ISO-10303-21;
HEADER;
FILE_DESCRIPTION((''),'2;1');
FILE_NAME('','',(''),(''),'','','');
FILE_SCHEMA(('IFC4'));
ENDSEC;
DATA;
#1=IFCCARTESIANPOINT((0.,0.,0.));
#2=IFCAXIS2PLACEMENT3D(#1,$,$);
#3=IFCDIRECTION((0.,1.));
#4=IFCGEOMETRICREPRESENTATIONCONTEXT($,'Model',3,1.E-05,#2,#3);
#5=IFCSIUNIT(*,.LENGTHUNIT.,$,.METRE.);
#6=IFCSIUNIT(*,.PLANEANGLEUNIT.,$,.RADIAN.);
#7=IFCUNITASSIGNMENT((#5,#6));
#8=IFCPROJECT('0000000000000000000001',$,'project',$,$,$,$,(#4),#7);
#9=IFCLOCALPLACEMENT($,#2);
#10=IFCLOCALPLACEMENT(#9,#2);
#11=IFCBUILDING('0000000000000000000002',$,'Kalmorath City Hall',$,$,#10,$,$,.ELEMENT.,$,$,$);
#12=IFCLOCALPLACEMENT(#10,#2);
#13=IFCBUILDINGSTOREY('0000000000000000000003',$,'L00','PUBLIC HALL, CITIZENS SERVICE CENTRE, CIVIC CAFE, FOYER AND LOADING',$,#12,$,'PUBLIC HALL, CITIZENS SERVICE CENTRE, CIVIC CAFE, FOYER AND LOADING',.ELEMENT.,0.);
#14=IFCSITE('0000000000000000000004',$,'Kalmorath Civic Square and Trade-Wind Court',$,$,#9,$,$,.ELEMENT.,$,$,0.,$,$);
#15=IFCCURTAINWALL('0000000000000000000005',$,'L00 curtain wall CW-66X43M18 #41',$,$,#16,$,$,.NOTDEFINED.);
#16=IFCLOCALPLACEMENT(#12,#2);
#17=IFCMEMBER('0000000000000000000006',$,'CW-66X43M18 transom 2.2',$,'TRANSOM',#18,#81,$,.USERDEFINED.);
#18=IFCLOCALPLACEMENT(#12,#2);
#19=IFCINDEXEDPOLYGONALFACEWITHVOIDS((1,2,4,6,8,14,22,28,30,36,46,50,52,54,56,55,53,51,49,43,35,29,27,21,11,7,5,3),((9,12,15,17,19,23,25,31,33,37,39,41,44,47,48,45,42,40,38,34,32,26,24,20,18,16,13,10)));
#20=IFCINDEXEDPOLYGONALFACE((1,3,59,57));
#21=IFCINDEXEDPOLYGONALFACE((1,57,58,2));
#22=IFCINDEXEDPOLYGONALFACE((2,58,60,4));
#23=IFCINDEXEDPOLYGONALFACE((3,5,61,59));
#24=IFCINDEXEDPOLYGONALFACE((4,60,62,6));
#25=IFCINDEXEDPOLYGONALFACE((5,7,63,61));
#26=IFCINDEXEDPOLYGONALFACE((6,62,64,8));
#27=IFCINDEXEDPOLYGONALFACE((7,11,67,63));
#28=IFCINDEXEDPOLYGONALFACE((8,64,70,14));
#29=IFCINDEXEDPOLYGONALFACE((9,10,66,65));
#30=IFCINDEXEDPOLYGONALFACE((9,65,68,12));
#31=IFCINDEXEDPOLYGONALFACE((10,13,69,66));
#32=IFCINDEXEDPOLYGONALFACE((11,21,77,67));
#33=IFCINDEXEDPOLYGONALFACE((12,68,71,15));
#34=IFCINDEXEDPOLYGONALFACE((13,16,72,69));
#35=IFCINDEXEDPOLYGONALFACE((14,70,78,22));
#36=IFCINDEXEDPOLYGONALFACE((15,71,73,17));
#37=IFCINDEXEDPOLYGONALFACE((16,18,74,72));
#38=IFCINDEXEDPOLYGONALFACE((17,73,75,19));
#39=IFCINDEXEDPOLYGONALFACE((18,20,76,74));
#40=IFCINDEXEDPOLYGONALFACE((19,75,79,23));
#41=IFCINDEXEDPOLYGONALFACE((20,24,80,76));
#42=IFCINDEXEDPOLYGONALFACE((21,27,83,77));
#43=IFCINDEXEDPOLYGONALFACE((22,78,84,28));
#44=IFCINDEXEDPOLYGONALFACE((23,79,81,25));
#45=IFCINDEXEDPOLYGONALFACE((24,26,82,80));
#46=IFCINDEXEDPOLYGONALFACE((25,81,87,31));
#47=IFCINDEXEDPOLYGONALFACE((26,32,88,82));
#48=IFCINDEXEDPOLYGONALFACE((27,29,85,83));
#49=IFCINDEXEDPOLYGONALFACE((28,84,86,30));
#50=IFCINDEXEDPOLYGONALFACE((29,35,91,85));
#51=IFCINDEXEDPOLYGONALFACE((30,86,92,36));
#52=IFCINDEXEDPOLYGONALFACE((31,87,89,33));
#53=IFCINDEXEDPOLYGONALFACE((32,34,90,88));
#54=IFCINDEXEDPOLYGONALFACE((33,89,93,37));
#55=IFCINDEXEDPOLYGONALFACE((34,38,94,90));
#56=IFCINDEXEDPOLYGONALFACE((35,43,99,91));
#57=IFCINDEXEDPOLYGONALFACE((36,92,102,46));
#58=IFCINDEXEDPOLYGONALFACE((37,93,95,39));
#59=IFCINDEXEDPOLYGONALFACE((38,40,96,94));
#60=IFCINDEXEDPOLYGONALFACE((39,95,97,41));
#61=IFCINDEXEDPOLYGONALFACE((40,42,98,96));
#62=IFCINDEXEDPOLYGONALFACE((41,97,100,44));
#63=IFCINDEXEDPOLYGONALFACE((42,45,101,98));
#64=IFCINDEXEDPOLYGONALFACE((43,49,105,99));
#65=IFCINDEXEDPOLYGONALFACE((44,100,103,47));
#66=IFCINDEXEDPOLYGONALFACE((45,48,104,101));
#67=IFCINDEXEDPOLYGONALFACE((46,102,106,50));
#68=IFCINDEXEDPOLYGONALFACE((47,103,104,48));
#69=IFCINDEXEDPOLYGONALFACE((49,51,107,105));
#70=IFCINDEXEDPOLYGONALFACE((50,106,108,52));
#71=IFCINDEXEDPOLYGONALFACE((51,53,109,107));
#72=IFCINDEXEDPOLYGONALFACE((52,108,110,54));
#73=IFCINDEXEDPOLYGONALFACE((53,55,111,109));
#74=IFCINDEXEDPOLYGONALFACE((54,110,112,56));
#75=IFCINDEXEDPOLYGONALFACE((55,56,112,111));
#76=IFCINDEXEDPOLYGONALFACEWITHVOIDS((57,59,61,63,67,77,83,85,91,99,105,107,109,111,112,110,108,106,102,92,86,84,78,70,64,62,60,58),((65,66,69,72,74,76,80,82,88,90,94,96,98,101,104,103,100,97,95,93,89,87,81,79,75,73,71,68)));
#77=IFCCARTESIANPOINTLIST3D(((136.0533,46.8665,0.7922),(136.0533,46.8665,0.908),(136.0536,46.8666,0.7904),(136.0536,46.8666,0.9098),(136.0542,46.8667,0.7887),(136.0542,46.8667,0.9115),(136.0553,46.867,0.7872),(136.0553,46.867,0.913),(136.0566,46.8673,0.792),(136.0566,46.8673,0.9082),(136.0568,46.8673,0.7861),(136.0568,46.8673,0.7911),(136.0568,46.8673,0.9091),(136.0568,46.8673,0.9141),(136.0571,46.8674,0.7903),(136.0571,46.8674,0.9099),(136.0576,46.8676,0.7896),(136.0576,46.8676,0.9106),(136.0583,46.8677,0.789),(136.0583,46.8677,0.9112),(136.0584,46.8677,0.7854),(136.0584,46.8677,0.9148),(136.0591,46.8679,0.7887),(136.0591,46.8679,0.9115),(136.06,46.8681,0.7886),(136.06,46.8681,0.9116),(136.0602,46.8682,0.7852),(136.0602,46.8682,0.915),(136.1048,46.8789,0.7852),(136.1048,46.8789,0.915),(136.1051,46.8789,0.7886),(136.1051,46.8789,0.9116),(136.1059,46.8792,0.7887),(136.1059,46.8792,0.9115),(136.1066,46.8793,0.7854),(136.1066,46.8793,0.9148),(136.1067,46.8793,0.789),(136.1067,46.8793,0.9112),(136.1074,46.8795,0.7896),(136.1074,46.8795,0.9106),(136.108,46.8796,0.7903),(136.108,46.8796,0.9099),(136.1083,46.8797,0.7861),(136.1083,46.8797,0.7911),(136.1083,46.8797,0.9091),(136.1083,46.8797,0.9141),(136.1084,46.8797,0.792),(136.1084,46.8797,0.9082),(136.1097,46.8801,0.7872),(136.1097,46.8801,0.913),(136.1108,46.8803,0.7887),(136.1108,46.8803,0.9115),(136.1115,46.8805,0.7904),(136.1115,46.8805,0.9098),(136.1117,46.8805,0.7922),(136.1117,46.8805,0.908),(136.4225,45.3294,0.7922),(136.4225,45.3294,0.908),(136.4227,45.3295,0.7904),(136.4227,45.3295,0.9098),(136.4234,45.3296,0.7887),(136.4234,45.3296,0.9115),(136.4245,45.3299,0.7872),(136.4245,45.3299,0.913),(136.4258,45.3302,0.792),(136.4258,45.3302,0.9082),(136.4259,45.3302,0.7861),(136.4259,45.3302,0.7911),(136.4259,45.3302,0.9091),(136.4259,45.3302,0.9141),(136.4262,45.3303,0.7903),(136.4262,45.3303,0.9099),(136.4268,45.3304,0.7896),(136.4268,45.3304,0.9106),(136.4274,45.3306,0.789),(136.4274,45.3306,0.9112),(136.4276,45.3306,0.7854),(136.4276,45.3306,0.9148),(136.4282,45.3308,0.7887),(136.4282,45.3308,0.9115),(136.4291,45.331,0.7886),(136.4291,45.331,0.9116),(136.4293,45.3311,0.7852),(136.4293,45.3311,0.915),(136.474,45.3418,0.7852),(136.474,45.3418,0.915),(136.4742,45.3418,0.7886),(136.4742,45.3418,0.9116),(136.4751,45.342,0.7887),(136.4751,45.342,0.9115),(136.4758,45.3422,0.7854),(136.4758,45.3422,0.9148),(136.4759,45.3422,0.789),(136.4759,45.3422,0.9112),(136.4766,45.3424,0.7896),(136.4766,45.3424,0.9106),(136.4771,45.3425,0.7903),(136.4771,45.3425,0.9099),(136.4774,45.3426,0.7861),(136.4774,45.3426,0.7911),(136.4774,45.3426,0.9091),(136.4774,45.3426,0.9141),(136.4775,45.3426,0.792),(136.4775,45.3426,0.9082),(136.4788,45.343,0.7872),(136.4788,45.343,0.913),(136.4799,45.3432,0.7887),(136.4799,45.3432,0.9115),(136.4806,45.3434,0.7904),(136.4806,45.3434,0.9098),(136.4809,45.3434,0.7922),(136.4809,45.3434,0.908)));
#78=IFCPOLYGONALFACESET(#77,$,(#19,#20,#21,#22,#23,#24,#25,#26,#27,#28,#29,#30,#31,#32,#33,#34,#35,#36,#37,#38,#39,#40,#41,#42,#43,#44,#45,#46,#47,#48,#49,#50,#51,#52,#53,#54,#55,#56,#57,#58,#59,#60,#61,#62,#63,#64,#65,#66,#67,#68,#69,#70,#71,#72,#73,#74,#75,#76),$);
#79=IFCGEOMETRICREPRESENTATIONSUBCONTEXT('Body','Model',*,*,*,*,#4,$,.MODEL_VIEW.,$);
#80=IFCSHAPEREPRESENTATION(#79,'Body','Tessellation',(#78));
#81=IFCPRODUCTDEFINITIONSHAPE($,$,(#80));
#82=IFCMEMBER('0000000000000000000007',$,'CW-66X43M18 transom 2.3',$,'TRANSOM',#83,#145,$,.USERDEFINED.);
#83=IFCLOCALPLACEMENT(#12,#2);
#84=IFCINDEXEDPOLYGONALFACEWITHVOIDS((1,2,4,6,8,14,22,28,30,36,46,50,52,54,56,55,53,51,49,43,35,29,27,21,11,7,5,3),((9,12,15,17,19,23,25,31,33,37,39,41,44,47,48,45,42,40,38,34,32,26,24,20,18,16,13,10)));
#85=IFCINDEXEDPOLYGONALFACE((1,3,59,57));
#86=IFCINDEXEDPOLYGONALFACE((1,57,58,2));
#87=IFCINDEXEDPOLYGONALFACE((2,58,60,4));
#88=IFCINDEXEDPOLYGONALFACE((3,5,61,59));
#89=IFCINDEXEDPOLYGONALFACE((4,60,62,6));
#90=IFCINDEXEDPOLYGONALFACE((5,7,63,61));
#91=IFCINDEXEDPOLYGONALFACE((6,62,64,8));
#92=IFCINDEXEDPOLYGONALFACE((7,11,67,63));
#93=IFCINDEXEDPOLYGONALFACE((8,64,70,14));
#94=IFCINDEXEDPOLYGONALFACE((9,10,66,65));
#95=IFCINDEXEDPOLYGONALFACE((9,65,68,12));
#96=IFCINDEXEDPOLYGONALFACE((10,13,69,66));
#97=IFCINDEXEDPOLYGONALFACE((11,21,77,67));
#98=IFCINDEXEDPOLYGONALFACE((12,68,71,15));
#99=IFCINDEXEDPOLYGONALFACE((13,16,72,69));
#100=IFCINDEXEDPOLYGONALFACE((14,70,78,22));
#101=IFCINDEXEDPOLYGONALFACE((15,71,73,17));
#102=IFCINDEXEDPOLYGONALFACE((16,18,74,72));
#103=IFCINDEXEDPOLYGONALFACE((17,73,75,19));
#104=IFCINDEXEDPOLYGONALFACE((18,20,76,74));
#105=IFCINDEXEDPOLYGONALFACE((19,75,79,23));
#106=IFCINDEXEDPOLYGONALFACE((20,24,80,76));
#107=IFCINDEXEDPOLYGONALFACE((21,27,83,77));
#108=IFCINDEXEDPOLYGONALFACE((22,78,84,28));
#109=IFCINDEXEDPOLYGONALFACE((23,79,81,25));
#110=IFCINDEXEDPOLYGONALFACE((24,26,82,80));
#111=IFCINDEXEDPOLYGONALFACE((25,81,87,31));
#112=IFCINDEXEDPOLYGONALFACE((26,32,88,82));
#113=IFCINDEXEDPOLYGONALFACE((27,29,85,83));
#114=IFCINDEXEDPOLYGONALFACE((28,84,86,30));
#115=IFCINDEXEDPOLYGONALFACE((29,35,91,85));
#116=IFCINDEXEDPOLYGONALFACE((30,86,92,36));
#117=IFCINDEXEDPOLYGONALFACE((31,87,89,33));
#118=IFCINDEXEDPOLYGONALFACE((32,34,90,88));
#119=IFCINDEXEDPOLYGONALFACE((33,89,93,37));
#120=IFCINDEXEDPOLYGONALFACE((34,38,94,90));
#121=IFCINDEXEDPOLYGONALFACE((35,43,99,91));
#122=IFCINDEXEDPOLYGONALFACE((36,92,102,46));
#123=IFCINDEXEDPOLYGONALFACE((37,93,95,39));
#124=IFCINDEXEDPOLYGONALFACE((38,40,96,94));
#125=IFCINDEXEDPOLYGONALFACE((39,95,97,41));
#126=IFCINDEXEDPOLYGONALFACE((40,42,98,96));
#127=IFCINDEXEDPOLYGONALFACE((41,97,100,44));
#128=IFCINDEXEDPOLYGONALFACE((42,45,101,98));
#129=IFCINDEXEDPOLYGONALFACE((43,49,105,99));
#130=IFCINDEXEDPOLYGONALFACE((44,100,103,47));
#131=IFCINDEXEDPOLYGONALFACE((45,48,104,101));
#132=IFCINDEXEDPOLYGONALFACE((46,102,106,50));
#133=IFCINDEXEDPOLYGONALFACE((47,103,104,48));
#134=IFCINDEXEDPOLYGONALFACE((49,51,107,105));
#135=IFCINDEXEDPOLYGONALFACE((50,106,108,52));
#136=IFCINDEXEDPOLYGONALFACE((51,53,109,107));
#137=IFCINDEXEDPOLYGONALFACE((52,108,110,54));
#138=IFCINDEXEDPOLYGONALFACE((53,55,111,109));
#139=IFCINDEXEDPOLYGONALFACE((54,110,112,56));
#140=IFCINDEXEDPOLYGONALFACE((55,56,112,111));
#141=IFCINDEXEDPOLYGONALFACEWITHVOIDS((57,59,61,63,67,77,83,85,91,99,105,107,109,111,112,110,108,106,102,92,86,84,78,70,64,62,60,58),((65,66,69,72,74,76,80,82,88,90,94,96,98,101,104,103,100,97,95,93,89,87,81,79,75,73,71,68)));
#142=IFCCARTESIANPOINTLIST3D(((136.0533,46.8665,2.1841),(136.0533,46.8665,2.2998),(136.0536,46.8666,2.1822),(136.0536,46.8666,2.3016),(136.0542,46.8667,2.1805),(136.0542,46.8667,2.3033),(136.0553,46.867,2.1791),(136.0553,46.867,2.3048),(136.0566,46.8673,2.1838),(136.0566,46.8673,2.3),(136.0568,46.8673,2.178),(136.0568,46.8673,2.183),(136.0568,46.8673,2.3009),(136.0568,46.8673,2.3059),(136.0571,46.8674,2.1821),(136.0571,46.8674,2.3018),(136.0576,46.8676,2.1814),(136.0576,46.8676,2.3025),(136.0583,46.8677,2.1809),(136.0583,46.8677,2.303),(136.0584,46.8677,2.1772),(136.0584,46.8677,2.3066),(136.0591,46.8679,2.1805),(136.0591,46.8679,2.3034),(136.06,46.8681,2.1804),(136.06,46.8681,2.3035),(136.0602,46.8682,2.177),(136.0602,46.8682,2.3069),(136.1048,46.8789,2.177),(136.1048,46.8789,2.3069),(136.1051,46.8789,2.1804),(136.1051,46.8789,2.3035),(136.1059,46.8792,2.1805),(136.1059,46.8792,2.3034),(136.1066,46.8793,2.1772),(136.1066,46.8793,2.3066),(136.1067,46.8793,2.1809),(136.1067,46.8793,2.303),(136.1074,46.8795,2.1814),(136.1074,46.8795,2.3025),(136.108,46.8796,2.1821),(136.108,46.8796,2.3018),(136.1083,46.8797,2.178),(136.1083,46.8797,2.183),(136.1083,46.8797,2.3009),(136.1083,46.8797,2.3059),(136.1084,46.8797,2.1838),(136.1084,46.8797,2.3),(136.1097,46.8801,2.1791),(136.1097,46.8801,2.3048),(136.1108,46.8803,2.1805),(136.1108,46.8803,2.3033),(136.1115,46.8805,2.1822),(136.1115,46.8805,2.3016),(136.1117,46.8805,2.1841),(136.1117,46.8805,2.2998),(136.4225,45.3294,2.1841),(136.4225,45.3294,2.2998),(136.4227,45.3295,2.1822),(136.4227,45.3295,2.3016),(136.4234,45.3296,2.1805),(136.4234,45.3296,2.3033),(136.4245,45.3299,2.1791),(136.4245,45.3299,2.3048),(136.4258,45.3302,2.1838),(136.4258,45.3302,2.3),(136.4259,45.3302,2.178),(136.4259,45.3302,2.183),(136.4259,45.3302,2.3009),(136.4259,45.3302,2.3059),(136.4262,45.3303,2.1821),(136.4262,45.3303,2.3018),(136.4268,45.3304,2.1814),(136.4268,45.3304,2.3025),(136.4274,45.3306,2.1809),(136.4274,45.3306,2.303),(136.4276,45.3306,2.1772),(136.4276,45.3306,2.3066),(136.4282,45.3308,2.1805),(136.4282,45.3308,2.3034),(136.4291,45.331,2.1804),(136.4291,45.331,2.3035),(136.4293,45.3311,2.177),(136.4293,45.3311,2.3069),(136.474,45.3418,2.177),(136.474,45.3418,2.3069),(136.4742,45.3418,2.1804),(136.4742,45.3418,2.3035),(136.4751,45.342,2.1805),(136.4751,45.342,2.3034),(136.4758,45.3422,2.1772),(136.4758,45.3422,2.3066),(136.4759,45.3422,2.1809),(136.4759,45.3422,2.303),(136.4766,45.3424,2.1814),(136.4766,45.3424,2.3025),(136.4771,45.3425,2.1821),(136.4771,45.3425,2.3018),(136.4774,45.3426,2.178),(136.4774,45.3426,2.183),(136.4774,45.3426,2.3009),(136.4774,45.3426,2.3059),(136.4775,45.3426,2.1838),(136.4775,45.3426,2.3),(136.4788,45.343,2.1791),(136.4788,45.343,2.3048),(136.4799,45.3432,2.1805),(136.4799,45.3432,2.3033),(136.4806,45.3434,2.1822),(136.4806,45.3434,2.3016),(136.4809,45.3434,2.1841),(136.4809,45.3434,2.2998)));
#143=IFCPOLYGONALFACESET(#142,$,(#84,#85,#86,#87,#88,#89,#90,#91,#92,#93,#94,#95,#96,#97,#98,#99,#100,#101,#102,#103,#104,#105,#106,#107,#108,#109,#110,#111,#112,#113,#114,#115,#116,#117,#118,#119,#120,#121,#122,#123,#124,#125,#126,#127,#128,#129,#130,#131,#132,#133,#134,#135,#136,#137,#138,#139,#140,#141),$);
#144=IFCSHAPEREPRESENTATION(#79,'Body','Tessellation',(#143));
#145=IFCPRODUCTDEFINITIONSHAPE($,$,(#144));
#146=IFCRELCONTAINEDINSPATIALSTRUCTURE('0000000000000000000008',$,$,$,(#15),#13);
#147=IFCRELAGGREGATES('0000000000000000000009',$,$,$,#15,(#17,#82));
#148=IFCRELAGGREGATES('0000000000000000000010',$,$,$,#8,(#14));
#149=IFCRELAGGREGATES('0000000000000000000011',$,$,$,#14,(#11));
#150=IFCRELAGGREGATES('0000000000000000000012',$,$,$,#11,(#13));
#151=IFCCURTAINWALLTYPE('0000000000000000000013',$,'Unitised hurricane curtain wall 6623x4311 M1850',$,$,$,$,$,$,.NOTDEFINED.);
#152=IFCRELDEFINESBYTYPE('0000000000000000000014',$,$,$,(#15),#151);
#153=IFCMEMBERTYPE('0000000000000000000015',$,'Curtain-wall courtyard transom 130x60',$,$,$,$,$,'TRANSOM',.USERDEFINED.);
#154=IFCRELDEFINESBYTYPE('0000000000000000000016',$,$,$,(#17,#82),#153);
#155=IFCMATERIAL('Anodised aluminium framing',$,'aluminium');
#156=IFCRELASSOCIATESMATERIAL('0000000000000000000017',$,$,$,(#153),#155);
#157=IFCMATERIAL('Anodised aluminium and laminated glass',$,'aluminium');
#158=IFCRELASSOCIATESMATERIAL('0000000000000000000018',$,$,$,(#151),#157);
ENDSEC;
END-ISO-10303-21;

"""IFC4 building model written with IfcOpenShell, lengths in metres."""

from ifc_helpers import new_model, si_unit, direction, frame, origin, origin_2d, place, context, subcontext, project, spatial, hollow_rectangle, extrude, material, material_profile, profile_set, type_object, element, aggregate, save


model = new_model("IFC4")

# Units and contexts
model_context = context("Model", 3, precision=1e-05, world=origin(), true_north=direction((0.0, 1.0)))
body_context = subcontext(model_context, "Body", "Model", "MODEL_VIEW")
ifc_project = project(units=[si_unit("LENGTHUNIT", "METRE"), si_unit("PLANEANGLEUNIT", "RADIAN")], contexts=[model_context])

# Site, building, storey
site_placement = place(None, origin())
site = spatial("IfcSite", under=ifc_project, at=site_placement, Name="Kalmorath Civic Square and Trade-Wind Court", CompositionType="ELEMENT", RefElevation=0.0)
building_placement = place(site_placement, origin())
building = spatial("IfcBuilding", under=site, at=building_placement, Name="Kalmorath City Hall", CompositionType="ELEMENT")
storey_placement = place(building_placement, origin())
storey = spatial("IfcBuildingStorey", under=building, at=storey_placement, Name="L00", Description="PUBLIC HALL, CITIZENS SERVICE CENTRE, CIVIC CAFE, FOYER AND LOADING", LongName="PUBLIC HALL, CITIZENS SERVICE CENTRE, CIVIC CAFE, FOYER AND LOADING", CompositionType="ELEMENT", Elevation=0.0)

# Curtain wall, members
ifc_material_1 = material(Name="Anodised aluminium framing", Category="aluminium")
ifc_material_profile_1 = material_profile(ifc_material_1, hollow_rectangle(XDim=0.0601, YDim=0.1299, WallThickness=0.0034, InnerFilletRadius=0.0034, OuterFilletRadius=0.0071, at=origin_2d()), Name="ALU-TRN-130X60X3.5")
ifc_profile_set_1 = profile_set([ifc_material_profile_1], Name="Anodised aluminium framing")
member_type_1 = type_object("IfcMemberType", Name="Curtain-wall courtyard transom 130x60", ElementType="TRANSOM", PredefinedType="USERDEFINED", material=ifc_profile_set_1)
ifc_material_2 = material(Name="Anodised aluminium and laminated glass", Category="aluminium")
curtain_wall_type_1 = type_object("IfcCurtainWallType", Name="Unitised hurricane curtain wall 6623x4311 M1850", PredefinedType="NOTDEFINED", material=ifc_material_2)
curtain_wall_1_placement = place(storey_placement, origin())
curtain_wall_1 = element("IfcCurtainWall", 1, at=curtain_wall_1_placement, inside=storey, type_object=curtain_wall_type_1, Name="L00 curtain wall CW-66X43M18 #41", PredefinedType="NOTDEFINED")
member_1_placement = place(storey_placement, frame((136.4517, 45.3364, 0.8501), z_axis=(-0.233513, 0.972354, 0.0), x_axis=(-0.972354, -0.233513, 0.0)))
member_1 = element("IfcMember", 2, at=member_1_placement, type_object=member_type_1, Name="CW-66X43M18 transom 2.2", ObjectType="TRANSOM", PredefinedType="USERDEFINED", context=body_context, shape_type="SweptSolid", body=[
    extrude(hollow_rectangle(XDim=0.0601, YDim=0.1299, WallThickness=0.0034, InnerFilletRadius=0.0034, OuterFilletRadius=0.0071, at=origin_2d()), origin(), (0.0, 0.0, 1.0), 1.5808),
])
member_2_placement = place(storey_placement, frame((136.4517, 45.3364, 2.2419), z_axis=(-0.233513, 0.972354, 0.0), x_axis=(-0.972354, -0.233513, 0.0)))
member_2 = element("IfcMember", 3, at=member_2_placement, type_object=member_type_1, Name="CW-66X43M18 transom 2.3", ObjectType="TRANSOM", PredefinedType="USERDEFINED", context=body_context, shape_type="SweptSolid", body=[
    extrude(hollow_rectangle(XDim=0.0601, YDim=0.1299, WallThickness=0.0034, InnerFilletRadius=0.0034, OuterFilletRadius=0.0071, at=origin_2d()), origin(), (0.0, 0.0, 1.0), 1.5808),
])

aggregate(curtain_wall_1, [member_1, member_2])

save(model, "model.ifc")
